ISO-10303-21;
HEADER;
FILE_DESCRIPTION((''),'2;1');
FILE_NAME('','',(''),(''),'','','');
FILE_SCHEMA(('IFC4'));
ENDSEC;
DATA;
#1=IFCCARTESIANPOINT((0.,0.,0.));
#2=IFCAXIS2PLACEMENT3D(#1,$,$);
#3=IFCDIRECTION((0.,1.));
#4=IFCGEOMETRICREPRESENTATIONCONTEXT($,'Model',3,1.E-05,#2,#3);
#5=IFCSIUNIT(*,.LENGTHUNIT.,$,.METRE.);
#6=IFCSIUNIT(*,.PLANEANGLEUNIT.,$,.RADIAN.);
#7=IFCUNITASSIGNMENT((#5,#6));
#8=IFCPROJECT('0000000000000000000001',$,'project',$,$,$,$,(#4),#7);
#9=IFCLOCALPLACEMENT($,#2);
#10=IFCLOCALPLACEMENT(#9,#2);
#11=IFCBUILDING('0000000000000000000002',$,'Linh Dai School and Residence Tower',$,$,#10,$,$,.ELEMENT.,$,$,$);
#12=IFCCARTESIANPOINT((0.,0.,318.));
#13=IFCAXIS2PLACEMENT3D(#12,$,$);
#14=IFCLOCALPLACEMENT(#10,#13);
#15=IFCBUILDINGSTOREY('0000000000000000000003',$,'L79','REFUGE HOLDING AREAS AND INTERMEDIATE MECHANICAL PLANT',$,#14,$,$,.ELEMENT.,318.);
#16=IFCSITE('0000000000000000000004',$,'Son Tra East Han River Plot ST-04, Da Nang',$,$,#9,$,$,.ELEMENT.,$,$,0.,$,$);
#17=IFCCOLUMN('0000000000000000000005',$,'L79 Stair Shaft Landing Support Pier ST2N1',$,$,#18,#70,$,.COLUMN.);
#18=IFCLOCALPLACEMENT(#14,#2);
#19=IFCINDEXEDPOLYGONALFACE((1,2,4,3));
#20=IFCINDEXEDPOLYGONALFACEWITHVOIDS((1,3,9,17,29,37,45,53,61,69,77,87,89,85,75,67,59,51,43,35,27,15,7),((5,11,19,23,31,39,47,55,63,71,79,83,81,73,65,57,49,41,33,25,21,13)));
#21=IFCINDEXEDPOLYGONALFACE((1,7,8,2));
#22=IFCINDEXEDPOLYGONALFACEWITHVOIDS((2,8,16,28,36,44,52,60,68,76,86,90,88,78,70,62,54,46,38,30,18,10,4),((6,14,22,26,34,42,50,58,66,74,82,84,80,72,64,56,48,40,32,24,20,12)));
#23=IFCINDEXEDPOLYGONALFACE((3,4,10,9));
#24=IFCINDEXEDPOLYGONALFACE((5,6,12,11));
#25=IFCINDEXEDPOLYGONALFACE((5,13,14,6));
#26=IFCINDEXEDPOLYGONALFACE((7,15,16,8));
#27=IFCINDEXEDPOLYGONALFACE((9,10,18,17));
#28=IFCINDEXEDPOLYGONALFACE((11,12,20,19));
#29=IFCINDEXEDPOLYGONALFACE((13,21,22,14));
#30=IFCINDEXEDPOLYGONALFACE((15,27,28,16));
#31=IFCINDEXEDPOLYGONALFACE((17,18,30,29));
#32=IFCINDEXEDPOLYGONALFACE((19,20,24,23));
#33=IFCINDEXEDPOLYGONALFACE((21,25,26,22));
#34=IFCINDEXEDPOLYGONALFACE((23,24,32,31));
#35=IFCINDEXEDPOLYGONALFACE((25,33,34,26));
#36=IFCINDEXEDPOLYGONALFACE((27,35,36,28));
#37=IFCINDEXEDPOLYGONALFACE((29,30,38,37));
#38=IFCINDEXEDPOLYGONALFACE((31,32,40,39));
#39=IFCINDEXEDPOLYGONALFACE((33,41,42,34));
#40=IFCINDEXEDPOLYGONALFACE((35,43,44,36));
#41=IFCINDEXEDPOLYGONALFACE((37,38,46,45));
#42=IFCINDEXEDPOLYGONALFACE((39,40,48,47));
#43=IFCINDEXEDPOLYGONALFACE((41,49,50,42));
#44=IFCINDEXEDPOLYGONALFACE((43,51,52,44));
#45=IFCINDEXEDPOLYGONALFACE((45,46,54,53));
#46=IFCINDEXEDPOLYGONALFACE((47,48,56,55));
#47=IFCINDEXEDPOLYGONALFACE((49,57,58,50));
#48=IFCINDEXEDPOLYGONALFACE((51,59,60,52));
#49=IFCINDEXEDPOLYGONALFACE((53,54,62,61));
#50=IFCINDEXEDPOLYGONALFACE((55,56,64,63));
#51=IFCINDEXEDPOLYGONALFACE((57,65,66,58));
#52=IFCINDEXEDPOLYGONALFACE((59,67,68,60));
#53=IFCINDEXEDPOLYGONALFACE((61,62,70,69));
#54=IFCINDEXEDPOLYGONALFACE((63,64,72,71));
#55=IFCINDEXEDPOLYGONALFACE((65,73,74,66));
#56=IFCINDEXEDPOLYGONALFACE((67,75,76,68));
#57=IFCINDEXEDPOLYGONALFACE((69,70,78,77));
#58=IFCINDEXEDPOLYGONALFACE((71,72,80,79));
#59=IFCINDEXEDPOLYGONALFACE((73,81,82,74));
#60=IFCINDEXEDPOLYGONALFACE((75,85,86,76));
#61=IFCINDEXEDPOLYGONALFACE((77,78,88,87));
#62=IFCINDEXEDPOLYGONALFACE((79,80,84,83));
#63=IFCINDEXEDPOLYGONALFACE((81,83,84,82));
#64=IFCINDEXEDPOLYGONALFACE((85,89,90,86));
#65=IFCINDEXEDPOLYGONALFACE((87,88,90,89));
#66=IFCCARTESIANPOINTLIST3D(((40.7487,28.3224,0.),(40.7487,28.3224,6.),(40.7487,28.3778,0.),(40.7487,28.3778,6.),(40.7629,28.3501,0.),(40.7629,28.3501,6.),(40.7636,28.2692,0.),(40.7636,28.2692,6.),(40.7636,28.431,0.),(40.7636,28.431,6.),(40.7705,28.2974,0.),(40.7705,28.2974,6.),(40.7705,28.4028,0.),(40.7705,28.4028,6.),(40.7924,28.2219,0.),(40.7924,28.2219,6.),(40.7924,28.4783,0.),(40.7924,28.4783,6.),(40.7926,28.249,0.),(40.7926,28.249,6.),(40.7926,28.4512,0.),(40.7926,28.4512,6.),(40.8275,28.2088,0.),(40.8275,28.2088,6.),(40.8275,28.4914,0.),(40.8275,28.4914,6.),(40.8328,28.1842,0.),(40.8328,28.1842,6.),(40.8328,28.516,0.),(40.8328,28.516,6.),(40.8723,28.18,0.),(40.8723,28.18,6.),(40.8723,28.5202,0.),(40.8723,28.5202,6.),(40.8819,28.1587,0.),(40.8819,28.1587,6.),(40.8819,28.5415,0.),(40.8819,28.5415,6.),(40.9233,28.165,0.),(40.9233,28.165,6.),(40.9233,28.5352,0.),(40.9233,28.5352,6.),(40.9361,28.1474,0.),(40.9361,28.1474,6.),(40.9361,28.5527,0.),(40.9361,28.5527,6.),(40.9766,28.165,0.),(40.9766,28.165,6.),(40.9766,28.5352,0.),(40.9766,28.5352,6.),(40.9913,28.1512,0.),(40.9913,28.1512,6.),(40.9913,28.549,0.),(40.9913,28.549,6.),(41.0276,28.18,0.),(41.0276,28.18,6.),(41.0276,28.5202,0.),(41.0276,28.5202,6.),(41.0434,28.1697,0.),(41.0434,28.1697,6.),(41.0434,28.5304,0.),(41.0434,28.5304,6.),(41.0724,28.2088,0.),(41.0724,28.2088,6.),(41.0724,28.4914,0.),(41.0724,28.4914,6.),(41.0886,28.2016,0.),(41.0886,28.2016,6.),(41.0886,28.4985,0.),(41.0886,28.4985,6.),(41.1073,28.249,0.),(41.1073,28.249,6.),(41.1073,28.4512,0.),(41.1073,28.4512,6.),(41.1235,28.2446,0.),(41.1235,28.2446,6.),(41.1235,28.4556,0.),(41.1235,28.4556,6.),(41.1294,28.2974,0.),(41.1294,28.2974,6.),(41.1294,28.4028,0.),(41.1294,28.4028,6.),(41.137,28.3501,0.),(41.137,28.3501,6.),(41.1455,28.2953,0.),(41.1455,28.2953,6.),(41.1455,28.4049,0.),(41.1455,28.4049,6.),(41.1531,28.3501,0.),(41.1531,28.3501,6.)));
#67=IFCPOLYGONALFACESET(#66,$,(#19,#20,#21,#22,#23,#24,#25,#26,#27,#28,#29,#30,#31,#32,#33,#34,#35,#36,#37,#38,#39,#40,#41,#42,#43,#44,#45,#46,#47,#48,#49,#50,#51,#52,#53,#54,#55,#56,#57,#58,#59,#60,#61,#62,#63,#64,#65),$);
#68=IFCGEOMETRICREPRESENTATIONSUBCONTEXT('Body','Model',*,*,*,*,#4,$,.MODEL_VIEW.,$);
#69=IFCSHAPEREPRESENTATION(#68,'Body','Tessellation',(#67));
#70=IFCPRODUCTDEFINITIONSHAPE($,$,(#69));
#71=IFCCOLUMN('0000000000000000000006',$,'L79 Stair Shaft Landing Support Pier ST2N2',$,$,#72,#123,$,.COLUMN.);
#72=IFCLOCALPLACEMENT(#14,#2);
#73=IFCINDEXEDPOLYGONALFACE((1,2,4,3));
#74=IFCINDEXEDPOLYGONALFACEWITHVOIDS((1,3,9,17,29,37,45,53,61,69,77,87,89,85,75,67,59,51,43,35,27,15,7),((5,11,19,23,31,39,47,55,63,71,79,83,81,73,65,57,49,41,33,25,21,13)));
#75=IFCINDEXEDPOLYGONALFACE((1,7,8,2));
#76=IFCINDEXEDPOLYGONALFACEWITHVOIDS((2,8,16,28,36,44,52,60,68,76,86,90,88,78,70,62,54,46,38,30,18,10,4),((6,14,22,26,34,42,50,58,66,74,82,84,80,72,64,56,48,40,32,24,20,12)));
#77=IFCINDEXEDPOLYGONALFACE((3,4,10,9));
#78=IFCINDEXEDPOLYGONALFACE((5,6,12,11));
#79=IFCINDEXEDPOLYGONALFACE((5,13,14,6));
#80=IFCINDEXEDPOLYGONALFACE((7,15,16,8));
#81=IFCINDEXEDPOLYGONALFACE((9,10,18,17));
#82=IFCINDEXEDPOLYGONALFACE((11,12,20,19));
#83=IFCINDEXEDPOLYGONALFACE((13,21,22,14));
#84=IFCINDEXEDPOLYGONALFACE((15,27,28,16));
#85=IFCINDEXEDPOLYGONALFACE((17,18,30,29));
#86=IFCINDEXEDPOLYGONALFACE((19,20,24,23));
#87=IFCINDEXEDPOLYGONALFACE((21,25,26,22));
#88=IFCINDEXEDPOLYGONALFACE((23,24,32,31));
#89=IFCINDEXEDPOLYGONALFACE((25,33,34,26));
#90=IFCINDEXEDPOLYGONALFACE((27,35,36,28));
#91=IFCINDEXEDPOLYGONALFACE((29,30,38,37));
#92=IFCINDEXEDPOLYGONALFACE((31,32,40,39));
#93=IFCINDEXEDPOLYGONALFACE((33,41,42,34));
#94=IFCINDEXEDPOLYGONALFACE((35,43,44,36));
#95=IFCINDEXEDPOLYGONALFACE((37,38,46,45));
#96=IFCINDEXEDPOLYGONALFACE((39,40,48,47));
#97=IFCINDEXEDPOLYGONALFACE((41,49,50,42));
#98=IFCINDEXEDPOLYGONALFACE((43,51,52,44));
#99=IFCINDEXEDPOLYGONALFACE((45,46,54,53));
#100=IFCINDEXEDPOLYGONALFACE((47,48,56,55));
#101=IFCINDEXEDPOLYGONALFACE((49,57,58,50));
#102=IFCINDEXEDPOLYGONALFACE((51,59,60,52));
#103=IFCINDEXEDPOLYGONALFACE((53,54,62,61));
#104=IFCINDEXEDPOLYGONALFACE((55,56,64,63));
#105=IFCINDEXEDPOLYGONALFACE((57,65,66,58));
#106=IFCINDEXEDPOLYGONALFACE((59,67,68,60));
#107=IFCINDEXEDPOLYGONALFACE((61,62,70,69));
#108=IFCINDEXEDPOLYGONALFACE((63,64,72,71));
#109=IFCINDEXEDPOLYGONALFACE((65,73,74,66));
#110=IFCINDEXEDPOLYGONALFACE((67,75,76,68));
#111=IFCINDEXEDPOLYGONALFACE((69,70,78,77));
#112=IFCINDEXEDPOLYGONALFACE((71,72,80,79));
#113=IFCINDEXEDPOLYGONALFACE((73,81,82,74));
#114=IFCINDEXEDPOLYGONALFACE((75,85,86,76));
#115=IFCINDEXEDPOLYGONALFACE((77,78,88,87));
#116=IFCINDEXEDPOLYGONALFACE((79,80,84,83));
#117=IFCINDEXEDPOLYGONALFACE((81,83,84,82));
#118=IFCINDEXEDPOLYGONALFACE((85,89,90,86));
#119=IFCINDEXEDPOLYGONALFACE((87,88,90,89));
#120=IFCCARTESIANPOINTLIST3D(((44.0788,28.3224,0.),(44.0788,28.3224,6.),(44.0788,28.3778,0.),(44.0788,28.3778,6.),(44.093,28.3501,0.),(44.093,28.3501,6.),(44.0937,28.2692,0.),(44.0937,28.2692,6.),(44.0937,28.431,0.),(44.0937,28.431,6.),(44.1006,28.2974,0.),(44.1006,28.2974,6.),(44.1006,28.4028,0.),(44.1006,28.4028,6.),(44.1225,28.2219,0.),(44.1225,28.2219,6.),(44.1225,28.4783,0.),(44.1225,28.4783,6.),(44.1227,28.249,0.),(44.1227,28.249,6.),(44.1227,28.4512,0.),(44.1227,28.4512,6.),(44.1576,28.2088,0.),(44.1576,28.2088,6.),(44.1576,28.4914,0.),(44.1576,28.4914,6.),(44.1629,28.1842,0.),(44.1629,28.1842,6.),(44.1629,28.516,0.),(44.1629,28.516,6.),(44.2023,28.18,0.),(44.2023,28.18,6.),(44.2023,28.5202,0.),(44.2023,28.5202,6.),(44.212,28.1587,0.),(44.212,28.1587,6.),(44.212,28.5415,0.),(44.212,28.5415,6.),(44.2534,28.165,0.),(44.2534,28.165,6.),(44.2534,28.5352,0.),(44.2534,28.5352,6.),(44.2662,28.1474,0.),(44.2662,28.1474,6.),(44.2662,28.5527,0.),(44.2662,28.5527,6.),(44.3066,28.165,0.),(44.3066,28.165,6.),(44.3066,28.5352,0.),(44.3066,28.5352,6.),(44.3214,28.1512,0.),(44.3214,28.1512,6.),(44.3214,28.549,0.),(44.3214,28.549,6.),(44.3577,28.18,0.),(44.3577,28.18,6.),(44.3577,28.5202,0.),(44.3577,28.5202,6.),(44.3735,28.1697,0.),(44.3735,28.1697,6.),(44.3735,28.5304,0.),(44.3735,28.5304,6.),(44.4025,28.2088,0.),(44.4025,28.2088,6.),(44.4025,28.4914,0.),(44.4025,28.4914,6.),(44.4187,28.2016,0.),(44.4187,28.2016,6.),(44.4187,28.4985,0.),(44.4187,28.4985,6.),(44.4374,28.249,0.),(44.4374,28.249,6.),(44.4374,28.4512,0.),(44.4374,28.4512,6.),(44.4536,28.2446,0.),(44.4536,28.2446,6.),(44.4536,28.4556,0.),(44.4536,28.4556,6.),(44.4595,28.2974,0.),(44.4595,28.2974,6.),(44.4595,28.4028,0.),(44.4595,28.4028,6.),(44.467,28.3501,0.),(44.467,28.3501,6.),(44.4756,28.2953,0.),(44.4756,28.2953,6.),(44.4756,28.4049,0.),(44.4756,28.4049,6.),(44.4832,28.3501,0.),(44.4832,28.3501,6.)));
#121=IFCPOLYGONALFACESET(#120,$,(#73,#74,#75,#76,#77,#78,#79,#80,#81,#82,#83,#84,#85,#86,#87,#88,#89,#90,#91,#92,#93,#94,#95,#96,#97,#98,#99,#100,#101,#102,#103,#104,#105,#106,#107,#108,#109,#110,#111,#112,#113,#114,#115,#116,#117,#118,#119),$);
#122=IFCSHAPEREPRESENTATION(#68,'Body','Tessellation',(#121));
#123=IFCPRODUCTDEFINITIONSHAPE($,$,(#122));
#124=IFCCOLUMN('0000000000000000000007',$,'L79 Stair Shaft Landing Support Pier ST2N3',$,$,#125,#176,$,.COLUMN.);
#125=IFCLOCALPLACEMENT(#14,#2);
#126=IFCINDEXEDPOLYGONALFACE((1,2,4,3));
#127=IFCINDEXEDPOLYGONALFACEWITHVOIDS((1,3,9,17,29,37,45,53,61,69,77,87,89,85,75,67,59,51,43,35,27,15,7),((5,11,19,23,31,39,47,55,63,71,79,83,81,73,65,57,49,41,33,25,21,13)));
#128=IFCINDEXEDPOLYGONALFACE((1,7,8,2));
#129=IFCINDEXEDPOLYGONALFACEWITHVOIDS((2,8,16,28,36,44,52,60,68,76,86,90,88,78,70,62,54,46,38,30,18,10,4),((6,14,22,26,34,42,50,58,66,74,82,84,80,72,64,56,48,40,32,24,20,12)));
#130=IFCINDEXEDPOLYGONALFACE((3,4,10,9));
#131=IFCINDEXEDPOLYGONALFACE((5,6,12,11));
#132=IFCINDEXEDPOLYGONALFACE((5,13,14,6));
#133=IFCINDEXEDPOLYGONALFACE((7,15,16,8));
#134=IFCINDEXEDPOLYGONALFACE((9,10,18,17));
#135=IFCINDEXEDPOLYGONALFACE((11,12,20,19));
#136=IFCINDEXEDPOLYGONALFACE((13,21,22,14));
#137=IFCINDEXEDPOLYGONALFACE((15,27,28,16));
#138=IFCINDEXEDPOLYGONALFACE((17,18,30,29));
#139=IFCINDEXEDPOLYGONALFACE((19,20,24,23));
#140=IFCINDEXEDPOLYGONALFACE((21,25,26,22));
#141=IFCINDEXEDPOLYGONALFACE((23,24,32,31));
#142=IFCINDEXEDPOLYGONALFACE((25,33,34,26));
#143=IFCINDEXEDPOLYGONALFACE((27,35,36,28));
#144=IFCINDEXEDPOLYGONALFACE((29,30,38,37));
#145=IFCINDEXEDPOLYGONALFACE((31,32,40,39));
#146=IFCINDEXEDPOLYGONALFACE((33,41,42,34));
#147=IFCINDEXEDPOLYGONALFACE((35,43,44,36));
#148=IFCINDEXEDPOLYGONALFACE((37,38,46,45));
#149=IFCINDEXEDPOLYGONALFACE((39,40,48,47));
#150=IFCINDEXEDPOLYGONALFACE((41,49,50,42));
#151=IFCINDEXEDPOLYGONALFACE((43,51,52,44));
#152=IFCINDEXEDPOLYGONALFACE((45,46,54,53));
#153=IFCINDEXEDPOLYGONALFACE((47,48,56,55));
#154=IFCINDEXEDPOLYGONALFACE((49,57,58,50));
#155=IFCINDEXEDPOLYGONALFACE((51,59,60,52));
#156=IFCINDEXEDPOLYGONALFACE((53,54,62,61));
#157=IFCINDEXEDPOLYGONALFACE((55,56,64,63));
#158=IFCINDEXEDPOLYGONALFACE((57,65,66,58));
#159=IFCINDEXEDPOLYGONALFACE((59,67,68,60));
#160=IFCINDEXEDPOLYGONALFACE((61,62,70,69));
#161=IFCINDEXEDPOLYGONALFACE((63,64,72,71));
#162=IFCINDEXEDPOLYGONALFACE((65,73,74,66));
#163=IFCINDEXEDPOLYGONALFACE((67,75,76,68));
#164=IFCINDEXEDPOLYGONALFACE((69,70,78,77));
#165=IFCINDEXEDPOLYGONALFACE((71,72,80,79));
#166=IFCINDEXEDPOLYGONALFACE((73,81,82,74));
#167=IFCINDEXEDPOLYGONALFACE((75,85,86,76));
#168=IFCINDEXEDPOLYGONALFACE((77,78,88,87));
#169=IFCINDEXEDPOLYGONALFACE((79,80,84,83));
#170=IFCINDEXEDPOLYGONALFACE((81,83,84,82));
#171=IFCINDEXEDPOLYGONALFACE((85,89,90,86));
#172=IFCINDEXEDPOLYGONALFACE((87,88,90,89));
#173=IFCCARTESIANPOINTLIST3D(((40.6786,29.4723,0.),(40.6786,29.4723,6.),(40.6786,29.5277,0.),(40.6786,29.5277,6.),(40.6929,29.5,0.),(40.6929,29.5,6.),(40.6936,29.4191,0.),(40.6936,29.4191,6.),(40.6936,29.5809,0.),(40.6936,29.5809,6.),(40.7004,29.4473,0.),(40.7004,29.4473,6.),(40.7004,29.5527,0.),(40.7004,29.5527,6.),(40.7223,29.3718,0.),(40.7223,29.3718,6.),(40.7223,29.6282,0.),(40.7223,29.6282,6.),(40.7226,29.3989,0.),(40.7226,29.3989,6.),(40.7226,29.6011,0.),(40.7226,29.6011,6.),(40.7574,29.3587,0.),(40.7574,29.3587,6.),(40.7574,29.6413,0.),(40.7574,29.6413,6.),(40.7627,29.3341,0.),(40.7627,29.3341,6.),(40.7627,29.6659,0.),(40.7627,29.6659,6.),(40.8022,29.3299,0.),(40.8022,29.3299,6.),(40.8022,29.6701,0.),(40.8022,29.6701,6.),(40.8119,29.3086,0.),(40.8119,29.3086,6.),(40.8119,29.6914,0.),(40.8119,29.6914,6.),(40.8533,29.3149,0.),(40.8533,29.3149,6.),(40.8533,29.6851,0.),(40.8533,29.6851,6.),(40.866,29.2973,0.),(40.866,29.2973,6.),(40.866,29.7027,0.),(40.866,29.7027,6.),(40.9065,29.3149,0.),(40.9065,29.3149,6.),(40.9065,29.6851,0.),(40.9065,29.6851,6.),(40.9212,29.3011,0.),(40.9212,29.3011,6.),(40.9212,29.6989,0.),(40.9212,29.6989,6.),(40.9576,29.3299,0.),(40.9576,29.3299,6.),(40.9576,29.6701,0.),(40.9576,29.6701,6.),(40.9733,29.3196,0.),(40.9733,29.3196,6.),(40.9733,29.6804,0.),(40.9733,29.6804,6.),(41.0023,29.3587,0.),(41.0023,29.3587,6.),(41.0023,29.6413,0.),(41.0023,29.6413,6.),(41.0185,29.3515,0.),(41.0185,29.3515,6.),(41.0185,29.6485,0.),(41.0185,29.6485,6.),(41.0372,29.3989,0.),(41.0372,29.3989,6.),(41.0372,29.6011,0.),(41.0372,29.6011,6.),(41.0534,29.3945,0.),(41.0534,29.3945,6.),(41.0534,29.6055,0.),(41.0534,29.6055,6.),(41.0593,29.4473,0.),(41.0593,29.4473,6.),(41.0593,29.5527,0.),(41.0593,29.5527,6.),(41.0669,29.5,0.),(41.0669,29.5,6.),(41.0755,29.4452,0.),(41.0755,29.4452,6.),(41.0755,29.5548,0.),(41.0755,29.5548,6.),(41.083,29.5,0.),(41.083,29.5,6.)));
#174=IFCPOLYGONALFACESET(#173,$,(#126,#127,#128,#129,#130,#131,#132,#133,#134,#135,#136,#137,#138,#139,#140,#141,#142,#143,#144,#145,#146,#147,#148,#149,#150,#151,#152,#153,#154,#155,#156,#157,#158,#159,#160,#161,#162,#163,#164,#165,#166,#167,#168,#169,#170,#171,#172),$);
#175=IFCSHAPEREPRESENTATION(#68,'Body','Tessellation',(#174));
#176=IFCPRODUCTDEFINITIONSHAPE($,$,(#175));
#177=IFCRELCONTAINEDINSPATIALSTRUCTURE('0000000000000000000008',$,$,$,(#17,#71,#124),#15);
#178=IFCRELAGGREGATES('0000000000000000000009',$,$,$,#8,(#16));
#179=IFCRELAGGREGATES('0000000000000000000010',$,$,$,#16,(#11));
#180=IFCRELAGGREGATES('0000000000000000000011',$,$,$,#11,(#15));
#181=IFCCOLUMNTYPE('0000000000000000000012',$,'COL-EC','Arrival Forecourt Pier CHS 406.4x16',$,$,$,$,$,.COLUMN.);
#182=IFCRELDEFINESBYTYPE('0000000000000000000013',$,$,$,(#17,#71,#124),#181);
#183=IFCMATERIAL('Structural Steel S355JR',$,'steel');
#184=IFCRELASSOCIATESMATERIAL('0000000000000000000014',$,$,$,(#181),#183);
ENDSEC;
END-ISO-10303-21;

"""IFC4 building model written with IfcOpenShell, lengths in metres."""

from ifc_helpers import new_model, si_unit, direction, frame, origin, origin_2d, place, context, subcontext, project, spatial, hollow_circle, extrude, material, material_profile, profile_set, type_object, element, save


model = new_model("IFC4")

# Units and contexts
model_context = context("Model", 3, precision=1e-05, world=origin(), true_north=direction((0.0, 1.0)))
body_context = subcontext(model_context, "Body", "Model", "MODEL_VIEW")
ifc_project = project(units=[si_unit("LENGTHUNIT", "METRE"), si_unit("PLANEANGLEUNIT", "RADIAN")], contexts=[model_context])

# Site, building, storey
site_placement = place(None, origin())
site = spatial("IfcSite", under=ifc_project, at=site_placement, Name="Son Tra East Han River Plot ST-04, Da Nang", CompositionType="ELEMENT", RefElevation=0.0)
building_placement = place(site_placement, origin())
building = spatial("IfcBuilding", under=site, at=building_placement, Name="Linh Dai School and Residence Tower", CompositionType="ELEMENT")
storey_placement = place(building_placement, frame((0.0, 0.0, 318.0)))
storey = spatial("IfcBuildingStorey", under=building, at=storey_placement, Name="L79", Description="REFUGE HOLDING AREAS AND INTERMEDIATE MECHANICAL PLANT", CompositionType="ELEMENT", Elevation=318.0)

# Columns
ifc_material_1 = material(Name="Structural Steel S355JR", Category="steel")
ifc_material_profile_1 = material_profile(ifc_material_1, hollow_circle(Radius=0.2031, WallThickness=0.0161, at=origin_2d()), Name="CHS 406.4x16")
ifc_profile_set_1 = profile_set([ifc_material_profile_1], Name="Structural Steel S355JR")
column_type_1 = type_object("IfcColumnType", Name="COL-EC", Description="Arrival Forecourt Pier CHS 406.4x16", PredefinedType="COLUMN", material=ifc_profile_set_1)
for number, where, z_axis, x_axis, name in (
    (1, (40.95, 28.3501, 0.0), (0.0, 0.0, 1.0), (1.0, 0.0, 0.0), "L79 Stair Shaft Landing Support Pier ST2N1"),
    (2, (44.28, 28.3501, 0.0), (0.0, 0.0, 1.0), (1.0, 0.0, 0.0), "L79 Stair Shaft Landing Support Pier ST2N2"),
    (3, (40.8799, 29.5, 0.0), (0.0, 0.0, 1.0), (1.0, 0.0, 0.0), "L79 Stair Shaft Landing Support Pier ST2N3"),
):
    element("IfcColumn", number, at=place(storey_placement, frame(where, z_axis=z_axis, x_axis=x_axis)), inside=storey, type_object=column_type_1, Name=name, PredefinedType="COLUMN", context=body_context, shape_type="SweptSolid", body=[
        extrude(hollow_circle(Radius=0.2031, WallThickness=0.0161, at=origin_2d()), origin(), (0.0, 0.0, 1.0), 6.0),
    ])

save(model, "model.ifc")
